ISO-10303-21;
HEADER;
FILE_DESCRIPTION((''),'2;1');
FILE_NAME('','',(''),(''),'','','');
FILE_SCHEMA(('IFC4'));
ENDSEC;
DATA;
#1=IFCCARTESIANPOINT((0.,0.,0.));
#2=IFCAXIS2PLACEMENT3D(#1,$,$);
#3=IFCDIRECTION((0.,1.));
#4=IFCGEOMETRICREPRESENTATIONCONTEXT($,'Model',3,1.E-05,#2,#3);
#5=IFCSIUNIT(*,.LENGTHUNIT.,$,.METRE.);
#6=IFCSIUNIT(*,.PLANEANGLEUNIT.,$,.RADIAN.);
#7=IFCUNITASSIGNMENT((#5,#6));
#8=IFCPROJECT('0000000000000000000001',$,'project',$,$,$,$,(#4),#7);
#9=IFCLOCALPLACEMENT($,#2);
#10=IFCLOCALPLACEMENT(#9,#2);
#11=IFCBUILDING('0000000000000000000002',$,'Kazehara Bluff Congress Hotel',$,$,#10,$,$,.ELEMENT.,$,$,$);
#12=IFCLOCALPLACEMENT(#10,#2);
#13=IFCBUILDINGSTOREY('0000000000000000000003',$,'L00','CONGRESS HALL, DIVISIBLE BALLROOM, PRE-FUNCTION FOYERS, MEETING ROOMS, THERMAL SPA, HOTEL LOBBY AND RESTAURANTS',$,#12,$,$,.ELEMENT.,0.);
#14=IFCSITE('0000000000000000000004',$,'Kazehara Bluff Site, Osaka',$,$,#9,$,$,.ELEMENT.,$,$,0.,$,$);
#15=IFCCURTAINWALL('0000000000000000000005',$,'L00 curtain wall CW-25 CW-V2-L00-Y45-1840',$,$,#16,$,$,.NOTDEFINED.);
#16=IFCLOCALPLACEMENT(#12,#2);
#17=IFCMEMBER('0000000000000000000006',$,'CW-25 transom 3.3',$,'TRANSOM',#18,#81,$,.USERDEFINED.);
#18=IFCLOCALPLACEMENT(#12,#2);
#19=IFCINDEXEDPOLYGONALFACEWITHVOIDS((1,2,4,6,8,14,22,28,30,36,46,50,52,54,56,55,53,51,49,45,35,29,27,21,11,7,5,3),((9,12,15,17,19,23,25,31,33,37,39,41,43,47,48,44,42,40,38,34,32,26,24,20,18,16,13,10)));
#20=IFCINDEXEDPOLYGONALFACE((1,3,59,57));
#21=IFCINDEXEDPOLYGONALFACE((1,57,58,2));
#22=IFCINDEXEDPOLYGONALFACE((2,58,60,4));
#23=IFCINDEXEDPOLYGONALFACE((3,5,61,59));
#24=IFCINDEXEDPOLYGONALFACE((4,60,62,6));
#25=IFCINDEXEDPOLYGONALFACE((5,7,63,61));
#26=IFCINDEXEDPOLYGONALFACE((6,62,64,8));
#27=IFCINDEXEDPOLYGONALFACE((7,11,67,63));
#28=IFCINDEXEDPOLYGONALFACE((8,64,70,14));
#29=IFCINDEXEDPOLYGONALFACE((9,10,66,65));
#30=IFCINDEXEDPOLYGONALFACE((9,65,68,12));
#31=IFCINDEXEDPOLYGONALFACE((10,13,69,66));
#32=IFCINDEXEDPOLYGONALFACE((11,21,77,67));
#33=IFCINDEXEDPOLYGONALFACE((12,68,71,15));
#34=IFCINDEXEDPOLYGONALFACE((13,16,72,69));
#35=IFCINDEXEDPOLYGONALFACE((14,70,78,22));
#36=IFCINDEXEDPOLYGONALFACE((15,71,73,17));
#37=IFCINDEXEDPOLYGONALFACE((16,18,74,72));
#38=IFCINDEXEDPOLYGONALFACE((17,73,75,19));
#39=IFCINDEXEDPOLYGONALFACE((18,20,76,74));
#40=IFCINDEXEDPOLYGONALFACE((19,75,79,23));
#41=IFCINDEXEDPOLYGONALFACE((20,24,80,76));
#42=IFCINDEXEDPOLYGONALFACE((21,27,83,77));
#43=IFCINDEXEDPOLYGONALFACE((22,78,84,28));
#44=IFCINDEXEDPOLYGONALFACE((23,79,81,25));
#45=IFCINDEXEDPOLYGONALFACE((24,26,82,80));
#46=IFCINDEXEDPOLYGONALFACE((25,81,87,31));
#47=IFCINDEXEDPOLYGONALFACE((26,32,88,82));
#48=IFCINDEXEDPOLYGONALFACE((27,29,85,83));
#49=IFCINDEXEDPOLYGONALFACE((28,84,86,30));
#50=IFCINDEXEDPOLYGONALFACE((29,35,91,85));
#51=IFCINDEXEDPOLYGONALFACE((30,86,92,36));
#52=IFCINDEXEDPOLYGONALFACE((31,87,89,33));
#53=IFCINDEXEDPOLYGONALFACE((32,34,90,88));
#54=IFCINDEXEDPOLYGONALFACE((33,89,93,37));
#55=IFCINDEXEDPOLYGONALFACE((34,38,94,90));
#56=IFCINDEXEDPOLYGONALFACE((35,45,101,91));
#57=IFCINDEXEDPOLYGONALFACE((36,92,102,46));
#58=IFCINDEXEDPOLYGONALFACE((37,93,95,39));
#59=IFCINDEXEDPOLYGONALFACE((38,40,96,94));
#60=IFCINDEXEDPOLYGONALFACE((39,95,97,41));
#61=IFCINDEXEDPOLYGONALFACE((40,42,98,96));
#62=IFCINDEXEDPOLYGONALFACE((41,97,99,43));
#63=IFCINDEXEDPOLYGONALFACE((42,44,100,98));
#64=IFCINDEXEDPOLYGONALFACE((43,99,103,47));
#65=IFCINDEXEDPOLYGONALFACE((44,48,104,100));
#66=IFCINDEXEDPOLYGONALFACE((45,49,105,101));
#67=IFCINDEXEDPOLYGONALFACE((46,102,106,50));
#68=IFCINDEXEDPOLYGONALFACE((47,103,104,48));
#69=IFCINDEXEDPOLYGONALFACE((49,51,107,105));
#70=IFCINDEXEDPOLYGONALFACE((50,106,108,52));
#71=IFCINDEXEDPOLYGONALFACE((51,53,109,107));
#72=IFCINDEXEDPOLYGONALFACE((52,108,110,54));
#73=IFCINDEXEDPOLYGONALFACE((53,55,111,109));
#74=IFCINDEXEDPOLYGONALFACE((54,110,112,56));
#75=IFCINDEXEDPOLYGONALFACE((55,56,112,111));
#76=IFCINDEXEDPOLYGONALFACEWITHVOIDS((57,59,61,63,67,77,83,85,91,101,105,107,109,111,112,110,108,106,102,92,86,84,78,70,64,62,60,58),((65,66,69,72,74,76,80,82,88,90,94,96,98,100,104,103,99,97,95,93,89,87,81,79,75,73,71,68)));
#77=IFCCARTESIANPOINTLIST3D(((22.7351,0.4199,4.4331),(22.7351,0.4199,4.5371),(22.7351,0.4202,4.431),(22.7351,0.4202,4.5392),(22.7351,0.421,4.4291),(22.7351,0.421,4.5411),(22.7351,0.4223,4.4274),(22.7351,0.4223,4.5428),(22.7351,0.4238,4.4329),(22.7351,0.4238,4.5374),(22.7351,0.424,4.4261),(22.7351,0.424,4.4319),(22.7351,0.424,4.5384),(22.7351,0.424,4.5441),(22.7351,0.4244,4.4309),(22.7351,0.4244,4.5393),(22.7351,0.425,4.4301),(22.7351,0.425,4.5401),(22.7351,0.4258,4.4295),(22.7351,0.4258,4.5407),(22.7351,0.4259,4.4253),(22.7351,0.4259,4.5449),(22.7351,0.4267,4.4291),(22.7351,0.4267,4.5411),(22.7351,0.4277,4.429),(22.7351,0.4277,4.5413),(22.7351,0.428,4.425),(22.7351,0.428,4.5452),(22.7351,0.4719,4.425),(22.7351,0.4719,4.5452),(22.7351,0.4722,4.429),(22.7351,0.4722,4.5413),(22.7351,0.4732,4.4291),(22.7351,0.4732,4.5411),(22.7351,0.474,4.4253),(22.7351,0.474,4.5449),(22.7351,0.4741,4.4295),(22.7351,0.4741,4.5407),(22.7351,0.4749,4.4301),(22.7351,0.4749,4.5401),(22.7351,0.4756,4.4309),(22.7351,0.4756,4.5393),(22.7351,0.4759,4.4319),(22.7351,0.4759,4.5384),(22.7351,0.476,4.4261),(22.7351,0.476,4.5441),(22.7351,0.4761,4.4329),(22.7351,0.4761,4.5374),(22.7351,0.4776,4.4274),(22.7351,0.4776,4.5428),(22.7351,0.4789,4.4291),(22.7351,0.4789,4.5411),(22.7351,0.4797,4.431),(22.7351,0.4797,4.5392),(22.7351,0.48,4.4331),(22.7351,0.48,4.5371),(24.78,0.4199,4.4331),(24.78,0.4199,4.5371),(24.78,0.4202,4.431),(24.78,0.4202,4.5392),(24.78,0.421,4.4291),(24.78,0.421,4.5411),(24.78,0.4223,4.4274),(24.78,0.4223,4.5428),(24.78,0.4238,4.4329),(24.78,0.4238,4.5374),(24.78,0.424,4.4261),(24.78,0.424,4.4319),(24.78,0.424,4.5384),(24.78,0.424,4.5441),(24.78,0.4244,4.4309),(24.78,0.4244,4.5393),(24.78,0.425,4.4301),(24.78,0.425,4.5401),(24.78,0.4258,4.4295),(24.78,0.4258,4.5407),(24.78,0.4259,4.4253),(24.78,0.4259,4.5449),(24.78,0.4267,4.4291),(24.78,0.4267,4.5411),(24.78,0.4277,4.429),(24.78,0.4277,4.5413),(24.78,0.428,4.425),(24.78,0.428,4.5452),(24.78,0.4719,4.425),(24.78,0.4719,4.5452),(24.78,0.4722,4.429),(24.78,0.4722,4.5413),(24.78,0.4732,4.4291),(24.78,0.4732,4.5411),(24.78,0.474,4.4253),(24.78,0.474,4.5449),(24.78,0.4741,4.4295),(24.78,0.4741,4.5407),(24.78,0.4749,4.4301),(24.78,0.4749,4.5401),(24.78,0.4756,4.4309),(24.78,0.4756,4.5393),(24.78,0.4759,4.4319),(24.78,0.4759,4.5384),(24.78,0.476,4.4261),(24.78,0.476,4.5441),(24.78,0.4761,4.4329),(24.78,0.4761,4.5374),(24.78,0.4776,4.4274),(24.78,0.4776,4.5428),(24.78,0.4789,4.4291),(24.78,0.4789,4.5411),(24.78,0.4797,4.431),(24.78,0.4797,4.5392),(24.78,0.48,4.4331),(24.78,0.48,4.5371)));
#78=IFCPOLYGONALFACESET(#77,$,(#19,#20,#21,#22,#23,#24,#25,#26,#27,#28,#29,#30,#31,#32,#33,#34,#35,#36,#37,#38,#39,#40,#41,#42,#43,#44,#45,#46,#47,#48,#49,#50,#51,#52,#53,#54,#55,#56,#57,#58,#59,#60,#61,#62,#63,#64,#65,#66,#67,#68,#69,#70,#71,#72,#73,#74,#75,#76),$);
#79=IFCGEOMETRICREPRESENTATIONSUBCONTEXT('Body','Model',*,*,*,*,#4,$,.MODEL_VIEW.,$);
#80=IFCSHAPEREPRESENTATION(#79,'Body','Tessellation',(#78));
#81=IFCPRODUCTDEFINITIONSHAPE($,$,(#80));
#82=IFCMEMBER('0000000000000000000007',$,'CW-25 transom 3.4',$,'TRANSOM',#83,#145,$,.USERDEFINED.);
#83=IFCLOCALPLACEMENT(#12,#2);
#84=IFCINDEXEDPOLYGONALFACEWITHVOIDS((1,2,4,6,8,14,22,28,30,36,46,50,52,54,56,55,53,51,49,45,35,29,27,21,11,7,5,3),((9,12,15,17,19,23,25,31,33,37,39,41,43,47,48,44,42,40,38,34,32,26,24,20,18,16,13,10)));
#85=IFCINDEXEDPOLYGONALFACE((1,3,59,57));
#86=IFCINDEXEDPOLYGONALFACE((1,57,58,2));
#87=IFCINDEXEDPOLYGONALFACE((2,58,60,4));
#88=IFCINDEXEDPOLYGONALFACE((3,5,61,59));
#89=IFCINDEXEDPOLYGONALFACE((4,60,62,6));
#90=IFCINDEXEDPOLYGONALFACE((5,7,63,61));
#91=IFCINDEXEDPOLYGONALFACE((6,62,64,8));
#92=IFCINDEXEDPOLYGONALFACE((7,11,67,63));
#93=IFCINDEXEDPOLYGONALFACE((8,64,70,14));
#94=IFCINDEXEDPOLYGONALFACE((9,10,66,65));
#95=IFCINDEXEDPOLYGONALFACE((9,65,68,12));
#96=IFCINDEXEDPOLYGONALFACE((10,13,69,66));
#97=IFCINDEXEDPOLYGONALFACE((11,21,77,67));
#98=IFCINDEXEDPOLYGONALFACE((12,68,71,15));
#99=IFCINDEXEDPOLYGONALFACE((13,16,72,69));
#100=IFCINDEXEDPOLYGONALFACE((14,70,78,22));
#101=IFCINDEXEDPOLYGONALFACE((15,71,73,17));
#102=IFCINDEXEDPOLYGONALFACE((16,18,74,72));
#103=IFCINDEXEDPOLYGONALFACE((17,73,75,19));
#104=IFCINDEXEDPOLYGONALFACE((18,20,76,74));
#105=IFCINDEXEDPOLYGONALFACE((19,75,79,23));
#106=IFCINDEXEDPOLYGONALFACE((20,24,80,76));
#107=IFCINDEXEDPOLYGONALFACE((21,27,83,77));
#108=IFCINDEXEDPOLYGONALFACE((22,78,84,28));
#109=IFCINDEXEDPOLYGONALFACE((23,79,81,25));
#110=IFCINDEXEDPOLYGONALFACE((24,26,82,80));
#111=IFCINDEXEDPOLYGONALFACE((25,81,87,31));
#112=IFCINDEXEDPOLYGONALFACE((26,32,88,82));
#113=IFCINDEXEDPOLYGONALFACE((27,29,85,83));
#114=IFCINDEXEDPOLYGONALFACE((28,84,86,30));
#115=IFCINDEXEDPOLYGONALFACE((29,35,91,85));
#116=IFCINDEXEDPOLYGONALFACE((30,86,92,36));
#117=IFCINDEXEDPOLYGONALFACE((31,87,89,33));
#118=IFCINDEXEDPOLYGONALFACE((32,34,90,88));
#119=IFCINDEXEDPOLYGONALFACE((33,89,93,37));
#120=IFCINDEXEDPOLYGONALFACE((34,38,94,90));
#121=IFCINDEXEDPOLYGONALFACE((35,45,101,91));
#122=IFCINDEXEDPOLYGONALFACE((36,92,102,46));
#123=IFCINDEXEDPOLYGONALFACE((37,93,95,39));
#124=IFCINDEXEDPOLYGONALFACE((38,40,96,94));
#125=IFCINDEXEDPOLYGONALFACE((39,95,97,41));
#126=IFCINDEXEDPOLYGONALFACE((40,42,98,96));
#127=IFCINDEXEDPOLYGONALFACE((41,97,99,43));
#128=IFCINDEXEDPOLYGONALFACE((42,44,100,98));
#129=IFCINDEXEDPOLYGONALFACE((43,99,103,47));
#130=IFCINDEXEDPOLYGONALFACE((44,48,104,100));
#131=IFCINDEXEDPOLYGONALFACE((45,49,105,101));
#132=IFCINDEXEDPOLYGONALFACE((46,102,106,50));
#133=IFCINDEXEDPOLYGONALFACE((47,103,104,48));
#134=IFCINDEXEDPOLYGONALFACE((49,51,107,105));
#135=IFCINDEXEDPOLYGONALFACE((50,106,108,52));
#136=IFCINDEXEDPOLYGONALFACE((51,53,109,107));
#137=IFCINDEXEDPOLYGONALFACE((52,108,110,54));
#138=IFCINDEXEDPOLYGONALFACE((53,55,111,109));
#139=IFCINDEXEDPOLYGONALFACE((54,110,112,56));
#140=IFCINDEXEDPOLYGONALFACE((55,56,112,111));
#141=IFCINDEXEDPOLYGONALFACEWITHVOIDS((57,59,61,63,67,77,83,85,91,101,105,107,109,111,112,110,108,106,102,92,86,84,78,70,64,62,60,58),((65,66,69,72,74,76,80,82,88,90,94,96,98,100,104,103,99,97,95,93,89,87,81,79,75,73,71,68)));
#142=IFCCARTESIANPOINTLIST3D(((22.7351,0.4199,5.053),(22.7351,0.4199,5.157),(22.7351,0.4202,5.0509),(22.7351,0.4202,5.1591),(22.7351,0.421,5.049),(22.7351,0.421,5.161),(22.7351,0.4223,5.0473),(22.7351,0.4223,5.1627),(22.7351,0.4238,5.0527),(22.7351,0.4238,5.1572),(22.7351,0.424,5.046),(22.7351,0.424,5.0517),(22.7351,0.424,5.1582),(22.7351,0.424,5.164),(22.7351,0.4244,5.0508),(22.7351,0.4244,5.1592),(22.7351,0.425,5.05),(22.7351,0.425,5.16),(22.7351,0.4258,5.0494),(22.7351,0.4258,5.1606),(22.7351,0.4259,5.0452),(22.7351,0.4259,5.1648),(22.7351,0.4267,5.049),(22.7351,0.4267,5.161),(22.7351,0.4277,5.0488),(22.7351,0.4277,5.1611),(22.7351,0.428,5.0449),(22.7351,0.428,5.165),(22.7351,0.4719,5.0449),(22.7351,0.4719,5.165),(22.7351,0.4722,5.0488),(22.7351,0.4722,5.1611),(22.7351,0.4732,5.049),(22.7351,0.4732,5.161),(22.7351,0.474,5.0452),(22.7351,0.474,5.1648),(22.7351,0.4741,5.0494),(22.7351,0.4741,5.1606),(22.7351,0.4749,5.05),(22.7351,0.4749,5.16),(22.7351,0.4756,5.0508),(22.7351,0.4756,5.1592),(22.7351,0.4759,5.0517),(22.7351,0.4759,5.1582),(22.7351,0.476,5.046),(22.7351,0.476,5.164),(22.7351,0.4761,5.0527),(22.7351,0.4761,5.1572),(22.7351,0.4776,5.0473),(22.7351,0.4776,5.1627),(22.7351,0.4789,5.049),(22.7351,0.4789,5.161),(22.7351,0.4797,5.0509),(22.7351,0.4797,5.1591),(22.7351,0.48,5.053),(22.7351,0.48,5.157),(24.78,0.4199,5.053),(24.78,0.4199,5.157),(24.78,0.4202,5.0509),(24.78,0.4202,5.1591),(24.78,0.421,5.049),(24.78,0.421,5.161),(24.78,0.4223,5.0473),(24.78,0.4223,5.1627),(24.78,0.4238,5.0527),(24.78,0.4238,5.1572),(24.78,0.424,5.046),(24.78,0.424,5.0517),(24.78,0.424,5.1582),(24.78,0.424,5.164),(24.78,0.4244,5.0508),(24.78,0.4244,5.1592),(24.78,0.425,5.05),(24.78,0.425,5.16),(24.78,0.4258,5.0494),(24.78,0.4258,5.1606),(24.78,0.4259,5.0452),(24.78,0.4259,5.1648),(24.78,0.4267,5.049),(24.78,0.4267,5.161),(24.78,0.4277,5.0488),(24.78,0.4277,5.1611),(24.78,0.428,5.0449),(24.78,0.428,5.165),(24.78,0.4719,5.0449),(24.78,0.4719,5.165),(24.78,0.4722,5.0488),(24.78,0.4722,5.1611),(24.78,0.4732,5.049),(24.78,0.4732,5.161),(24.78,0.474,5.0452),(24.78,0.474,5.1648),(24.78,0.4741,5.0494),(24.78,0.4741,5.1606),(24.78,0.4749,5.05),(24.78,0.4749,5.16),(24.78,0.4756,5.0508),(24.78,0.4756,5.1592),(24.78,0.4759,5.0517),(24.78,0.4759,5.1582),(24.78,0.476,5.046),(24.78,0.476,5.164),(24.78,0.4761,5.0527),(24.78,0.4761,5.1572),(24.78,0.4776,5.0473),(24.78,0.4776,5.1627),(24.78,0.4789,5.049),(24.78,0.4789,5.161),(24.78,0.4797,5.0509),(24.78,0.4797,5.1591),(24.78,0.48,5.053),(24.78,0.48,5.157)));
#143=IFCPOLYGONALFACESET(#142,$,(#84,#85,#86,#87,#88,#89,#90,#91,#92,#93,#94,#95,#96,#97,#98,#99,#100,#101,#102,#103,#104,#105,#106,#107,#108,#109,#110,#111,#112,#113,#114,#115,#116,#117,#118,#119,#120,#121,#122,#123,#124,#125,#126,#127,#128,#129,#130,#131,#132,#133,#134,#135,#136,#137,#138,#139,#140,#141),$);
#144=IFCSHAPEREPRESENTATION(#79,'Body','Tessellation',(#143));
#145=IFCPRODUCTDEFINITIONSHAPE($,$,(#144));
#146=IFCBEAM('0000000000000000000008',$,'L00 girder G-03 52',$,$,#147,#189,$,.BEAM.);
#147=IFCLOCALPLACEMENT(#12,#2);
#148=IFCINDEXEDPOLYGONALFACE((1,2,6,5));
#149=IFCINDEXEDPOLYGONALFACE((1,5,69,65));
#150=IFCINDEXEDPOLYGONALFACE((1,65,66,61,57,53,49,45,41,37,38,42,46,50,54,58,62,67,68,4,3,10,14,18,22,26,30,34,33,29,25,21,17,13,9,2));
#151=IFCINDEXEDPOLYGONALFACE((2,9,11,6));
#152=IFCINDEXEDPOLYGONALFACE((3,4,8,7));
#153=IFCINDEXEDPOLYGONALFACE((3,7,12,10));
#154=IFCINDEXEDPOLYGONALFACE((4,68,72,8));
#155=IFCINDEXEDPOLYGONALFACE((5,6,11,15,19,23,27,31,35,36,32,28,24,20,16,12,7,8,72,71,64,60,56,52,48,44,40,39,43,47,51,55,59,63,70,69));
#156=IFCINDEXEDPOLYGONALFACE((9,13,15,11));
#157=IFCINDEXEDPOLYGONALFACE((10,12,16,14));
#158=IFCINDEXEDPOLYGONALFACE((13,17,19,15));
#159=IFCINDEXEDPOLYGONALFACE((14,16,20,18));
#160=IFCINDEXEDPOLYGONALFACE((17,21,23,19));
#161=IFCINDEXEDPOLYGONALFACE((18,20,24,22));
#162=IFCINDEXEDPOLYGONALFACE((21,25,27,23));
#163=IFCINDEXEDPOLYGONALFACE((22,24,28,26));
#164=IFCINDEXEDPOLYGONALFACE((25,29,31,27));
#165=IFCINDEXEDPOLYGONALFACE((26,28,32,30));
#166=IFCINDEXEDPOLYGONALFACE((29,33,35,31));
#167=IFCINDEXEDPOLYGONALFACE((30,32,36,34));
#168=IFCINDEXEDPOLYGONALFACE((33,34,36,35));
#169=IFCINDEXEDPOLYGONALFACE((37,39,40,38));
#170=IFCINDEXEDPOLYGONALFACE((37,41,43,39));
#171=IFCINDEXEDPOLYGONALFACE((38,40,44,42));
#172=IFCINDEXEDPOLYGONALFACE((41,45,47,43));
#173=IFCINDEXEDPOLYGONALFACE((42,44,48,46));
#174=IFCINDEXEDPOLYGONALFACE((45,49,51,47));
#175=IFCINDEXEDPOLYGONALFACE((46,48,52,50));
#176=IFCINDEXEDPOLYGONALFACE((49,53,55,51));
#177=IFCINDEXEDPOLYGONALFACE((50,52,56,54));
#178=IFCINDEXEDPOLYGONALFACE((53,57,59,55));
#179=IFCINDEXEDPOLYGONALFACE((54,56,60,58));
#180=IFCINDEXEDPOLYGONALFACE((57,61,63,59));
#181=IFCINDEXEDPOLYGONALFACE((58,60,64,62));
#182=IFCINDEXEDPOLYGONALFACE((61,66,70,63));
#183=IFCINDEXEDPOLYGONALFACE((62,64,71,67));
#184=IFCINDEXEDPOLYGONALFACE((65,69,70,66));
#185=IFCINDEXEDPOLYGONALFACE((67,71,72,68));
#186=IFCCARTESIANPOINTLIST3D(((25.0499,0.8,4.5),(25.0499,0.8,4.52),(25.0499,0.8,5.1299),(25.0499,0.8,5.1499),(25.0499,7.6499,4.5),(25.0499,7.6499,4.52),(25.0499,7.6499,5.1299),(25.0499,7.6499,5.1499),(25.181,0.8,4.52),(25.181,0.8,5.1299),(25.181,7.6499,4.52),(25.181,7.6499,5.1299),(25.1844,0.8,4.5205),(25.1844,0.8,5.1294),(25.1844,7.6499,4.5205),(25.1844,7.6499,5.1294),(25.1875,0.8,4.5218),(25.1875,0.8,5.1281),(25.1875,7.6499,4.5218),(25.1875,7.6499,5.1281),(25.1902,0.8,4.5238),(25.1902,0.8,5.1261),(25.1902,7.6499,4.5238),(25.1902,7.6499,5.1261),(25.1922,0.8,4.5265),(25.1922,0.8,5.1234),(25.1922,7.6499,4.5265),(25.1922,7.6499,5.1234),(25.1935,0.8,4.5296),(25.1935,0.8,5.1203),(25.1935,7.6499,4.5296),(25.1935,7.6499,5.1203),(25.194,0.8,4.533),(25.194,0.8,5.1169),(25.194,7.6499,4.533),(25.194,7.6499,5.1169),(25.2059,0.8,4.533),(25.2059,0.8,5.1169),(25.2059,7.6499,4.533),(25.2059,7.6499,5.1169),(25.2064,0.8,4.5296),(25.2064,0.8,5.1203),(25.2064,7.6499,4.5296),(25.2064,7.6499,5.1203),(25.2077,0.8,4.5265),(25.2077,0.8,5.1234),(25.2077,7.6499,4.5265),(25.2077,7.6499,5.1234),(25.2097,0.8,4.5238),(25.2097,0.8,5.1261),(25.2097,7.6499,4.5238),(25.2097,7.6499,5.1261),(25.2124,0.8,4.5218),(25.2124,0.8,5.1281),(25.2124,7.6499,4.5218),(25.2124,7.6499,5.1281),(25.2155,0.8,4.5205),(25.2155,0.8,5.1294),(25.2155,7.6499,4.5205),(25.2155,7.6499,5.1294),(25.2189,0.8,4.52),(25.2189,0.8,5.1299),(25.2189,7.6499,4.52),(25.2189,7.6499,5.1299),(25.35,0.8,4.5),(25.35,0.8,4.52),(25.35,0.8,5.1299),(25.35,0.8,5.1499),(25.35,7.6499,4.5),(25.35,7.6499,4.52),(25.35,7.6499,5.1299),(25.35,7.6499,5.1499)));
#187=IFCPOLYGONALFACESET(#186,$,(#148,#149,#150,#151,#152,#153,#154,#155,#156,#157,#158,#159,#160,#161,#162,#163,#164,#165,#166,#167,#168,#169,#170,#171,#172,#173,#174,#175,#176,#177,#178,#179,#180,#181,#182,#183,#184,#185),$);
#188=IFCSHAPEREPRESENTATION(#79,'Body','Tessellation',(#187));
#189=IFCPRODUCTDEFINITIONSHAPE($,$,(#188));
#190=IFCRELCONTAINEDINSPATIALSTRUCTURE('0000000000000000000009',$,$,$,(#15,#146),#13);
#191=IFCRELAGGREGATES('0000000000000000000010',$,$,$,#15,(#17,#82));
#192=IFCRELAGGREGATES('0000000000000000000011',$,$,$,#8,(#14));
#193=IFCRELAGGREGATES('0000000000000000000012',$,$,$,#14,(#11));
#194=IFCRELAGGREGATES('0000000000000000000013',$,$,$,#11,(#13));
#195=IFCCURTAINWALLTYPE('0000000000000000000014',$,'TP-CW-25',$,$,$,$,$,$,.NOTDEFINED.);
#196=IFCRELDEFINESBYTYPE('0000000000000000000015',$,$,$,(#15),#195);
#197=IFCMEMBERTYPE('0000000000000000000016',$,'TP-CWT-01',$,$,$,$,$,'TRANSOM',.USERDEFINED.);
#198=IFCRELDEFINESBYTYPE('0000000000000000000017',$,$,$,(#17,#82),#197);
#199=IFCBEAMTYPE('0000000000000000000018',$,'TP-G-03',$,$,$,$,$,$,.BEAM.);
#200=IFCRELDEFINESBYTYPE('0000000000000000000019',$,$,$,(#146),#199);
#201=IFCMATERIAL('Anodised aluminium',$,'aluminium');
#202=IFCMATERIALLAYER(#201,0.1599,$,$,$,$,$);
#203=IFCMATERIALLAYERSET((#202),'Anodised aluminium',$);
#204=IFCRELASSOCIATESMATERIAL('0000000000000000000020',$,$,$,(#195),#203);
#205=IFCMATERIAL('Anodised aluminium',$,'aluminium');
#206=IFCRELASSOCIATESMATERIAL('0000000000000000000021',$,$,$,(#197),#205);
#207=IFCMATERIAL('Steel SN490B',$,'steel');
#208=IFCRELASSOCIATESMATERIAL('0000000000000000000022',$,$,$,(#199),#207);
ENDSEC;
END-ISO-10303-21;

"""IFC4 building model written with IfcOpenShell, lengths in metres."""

from ifc_helpers import new_model, si_unit, direction, frame, origin, origin_2d, place, context, subcontext, project, spatial, hollow_rectangle, i_section, extrude, material, layer, layer_set, material_profile, profile_set, type_object, element, aggregate, save


model = new_model("IFC4")

# Units and contexts
model_context = context("Model", 3, precision=1e-05, world=origin(), true_north=direction((0.0, 1.0)))
body_context = subcontext(model_context, "Body", "Model", "MODEL_VIEW")
ifc_project = project(units=[si_unit("LENGTHUNIT", "METRE"), si_unit("PLANEANGLEUNIT", "RADIAN")], contexts=[model_context])

# Site, building, storey
site_placement = place(None, origin())
site = spatial("IfcSite", under=ifc_project, at=site_placement, Name="Kazehara Bluff Site, Osaka", CompositionType="ELEMENT", RefElevation=0.0)
building_placement = place(site_placement, origin())
building = spatial("IfcBuilding", under=site, at=building_placement, Name="Kazehara Bluff Congress Hotel", CompositionType="ELEMENT")
storey_placement = place(building_placement, origin())
storey = spatial("IfcBuildingStorey", under=building, at=storey_placement, Name="L00", Description="CONGRESS HALL, DIVISIBLE BALLROOM, PRE-FUNCTION FOYERS, MEETING ROOMS, THERMAL SPA, HOTEL LOBBY AND RESTAURANTS", CompositionType="ELEMENT", Elevation=0.0)

# Curtain wall
ifc_material_1 = material(Name="Anodised aluminium", Category="aluminium")
ifc_layer_1 = layer(ifc_material_1, 0.1599)
ifc_layer_set_1 = layer_set([ifc_layer_1], Name="Anodised aluminium")
curtain_wall_type_1 = type_object("IfcCurtainWallType", Name="TP-CW-25", PredefinedType="NOTDEFINED", material=ifc_layer_set_1)
curtain_wall_1_placement = place(storey_placement, origin())
curtain_wall_1 = element("IfcCurtainWall", 1, at=curtain_wall_1_placement, inside=storey, type_object=curtain_wall_type_1, Name="L00 curtain wall CW-25 CW-V2-L00-Y45-1840", PredefinedType="NOTDEFINED")

# Members
ifc_material_2 = material(Name="Anodised aluminium", Category="aluminium")
ifc_material_profile_1 = material_profile(ifc_material_2, hollow_rectangle(XDim=0.0601, YDim=0.1201, WallThickness=0.0039, InnerFilletRadius=0.0039, OuterFilletRadius=0.0081, at=origin_2d()))
ifc_profile_set_1 = profile_set([ifc_material_profile_1], Name="Anodised aluminium")
member_type_1 = type_object("IfcMemberType", Name="TP-CWT-01", ElementType="TRANSOM", PredefinedType="USERDEFINED", material=ifc_profile_set_1)
member_1_placement = place(storey_placement, frame((22.7351, 0.45, 4.4851), z_axis=(1.0, 0.0, 0.0), x_axis=(0.0, 1.0, 0.0)))
member_1 = element("IfcMember", 2, at=member_1_placement, type_object=member_type_1, Name="CW-25 transom 3.3", ObjectType="TRANSOM", PredefinedType="USERDEFINED", context=body_context, shape_type="SweptSolid", body=[
    extrude(hollow_rectangle(XDim=0.0601, YDim=0.1201, WallThickness=0.0039, InnerFilletRadius=0.0039, OuterFilletRadius=0.0081, at=origin_2d()), origin(), (0.0, 0.0, 1.0), 2.0449),
])
member_2_placement = place(storey_placement, frame((22.7351, 0.45, 5.105), z_axis=(1.0, 0.0, 0.0), x_axis=(0.0, 1.0, 0.0)))
member_2 = element("IfcMember", 3, at=member_2_placement, type_object=member_type_1, Name="CW-25 transom 3.4", ObjectType="TRANSOM", PredefinedType="USERDEFINED", context=body_context, shape_type="SweptSolid", body=[
    extrude(hollow_rectangle(XDim=0.0601, YDim=0.1201, WallThickness=0.0039, InnerFilletRadius=0.0039, OuterFilletRadius=0.0081, at=origin_2d()), origin(), (0.0, 0.0, 1.0), 2.0449),
])

# Beam
ifc_material_3 = material(Name="Steel SN490B", Category="steel")
ifc_material_profile_2 = material_profile(ifc_material_3, i_section(OverallWidth=0.3, OverallDepth=0.6499, WebThickness=0.012, FlangeThickness=0.02, FilletRadius=0.0129, at=origin_2d()))
ifc_profile_set_2 = profile_set([ifc_material_profile_2], Name="Steel SN490B")
beam_type_1 = type_object("IfcBeamType", Name="TP-G-03", PredefinedType="BEAM", material=ifc_profile_set_2)
beam_1_placement = place(storey_placement, frame((25.2, 0.8, 4.825), z_axis=(0.0, 1.0, 0.0), x_axis=(-1.0, 0.0, 0.0)))
element("IfcBeam", 4, at=beam_1_placement, inside=storey, type_object=beam_type_1, Name="L00 girder G-03 52", PredefinedType="BEAM", context=body_context, shape_type="SweptSolid", body=[
    extrude(i_section(OverallWidth=0.3, OverallDepth=0.6499, WebThickness=0.012, FlangeThickness=0.02, FilletRadius=0.0129, at=origin_2d()), origin(), (0.0, 0.0, 1.0), 6.8499),
])

aggregate(curtain_wall_1, [member_1, member_2])

save(model, "model.ifc")
